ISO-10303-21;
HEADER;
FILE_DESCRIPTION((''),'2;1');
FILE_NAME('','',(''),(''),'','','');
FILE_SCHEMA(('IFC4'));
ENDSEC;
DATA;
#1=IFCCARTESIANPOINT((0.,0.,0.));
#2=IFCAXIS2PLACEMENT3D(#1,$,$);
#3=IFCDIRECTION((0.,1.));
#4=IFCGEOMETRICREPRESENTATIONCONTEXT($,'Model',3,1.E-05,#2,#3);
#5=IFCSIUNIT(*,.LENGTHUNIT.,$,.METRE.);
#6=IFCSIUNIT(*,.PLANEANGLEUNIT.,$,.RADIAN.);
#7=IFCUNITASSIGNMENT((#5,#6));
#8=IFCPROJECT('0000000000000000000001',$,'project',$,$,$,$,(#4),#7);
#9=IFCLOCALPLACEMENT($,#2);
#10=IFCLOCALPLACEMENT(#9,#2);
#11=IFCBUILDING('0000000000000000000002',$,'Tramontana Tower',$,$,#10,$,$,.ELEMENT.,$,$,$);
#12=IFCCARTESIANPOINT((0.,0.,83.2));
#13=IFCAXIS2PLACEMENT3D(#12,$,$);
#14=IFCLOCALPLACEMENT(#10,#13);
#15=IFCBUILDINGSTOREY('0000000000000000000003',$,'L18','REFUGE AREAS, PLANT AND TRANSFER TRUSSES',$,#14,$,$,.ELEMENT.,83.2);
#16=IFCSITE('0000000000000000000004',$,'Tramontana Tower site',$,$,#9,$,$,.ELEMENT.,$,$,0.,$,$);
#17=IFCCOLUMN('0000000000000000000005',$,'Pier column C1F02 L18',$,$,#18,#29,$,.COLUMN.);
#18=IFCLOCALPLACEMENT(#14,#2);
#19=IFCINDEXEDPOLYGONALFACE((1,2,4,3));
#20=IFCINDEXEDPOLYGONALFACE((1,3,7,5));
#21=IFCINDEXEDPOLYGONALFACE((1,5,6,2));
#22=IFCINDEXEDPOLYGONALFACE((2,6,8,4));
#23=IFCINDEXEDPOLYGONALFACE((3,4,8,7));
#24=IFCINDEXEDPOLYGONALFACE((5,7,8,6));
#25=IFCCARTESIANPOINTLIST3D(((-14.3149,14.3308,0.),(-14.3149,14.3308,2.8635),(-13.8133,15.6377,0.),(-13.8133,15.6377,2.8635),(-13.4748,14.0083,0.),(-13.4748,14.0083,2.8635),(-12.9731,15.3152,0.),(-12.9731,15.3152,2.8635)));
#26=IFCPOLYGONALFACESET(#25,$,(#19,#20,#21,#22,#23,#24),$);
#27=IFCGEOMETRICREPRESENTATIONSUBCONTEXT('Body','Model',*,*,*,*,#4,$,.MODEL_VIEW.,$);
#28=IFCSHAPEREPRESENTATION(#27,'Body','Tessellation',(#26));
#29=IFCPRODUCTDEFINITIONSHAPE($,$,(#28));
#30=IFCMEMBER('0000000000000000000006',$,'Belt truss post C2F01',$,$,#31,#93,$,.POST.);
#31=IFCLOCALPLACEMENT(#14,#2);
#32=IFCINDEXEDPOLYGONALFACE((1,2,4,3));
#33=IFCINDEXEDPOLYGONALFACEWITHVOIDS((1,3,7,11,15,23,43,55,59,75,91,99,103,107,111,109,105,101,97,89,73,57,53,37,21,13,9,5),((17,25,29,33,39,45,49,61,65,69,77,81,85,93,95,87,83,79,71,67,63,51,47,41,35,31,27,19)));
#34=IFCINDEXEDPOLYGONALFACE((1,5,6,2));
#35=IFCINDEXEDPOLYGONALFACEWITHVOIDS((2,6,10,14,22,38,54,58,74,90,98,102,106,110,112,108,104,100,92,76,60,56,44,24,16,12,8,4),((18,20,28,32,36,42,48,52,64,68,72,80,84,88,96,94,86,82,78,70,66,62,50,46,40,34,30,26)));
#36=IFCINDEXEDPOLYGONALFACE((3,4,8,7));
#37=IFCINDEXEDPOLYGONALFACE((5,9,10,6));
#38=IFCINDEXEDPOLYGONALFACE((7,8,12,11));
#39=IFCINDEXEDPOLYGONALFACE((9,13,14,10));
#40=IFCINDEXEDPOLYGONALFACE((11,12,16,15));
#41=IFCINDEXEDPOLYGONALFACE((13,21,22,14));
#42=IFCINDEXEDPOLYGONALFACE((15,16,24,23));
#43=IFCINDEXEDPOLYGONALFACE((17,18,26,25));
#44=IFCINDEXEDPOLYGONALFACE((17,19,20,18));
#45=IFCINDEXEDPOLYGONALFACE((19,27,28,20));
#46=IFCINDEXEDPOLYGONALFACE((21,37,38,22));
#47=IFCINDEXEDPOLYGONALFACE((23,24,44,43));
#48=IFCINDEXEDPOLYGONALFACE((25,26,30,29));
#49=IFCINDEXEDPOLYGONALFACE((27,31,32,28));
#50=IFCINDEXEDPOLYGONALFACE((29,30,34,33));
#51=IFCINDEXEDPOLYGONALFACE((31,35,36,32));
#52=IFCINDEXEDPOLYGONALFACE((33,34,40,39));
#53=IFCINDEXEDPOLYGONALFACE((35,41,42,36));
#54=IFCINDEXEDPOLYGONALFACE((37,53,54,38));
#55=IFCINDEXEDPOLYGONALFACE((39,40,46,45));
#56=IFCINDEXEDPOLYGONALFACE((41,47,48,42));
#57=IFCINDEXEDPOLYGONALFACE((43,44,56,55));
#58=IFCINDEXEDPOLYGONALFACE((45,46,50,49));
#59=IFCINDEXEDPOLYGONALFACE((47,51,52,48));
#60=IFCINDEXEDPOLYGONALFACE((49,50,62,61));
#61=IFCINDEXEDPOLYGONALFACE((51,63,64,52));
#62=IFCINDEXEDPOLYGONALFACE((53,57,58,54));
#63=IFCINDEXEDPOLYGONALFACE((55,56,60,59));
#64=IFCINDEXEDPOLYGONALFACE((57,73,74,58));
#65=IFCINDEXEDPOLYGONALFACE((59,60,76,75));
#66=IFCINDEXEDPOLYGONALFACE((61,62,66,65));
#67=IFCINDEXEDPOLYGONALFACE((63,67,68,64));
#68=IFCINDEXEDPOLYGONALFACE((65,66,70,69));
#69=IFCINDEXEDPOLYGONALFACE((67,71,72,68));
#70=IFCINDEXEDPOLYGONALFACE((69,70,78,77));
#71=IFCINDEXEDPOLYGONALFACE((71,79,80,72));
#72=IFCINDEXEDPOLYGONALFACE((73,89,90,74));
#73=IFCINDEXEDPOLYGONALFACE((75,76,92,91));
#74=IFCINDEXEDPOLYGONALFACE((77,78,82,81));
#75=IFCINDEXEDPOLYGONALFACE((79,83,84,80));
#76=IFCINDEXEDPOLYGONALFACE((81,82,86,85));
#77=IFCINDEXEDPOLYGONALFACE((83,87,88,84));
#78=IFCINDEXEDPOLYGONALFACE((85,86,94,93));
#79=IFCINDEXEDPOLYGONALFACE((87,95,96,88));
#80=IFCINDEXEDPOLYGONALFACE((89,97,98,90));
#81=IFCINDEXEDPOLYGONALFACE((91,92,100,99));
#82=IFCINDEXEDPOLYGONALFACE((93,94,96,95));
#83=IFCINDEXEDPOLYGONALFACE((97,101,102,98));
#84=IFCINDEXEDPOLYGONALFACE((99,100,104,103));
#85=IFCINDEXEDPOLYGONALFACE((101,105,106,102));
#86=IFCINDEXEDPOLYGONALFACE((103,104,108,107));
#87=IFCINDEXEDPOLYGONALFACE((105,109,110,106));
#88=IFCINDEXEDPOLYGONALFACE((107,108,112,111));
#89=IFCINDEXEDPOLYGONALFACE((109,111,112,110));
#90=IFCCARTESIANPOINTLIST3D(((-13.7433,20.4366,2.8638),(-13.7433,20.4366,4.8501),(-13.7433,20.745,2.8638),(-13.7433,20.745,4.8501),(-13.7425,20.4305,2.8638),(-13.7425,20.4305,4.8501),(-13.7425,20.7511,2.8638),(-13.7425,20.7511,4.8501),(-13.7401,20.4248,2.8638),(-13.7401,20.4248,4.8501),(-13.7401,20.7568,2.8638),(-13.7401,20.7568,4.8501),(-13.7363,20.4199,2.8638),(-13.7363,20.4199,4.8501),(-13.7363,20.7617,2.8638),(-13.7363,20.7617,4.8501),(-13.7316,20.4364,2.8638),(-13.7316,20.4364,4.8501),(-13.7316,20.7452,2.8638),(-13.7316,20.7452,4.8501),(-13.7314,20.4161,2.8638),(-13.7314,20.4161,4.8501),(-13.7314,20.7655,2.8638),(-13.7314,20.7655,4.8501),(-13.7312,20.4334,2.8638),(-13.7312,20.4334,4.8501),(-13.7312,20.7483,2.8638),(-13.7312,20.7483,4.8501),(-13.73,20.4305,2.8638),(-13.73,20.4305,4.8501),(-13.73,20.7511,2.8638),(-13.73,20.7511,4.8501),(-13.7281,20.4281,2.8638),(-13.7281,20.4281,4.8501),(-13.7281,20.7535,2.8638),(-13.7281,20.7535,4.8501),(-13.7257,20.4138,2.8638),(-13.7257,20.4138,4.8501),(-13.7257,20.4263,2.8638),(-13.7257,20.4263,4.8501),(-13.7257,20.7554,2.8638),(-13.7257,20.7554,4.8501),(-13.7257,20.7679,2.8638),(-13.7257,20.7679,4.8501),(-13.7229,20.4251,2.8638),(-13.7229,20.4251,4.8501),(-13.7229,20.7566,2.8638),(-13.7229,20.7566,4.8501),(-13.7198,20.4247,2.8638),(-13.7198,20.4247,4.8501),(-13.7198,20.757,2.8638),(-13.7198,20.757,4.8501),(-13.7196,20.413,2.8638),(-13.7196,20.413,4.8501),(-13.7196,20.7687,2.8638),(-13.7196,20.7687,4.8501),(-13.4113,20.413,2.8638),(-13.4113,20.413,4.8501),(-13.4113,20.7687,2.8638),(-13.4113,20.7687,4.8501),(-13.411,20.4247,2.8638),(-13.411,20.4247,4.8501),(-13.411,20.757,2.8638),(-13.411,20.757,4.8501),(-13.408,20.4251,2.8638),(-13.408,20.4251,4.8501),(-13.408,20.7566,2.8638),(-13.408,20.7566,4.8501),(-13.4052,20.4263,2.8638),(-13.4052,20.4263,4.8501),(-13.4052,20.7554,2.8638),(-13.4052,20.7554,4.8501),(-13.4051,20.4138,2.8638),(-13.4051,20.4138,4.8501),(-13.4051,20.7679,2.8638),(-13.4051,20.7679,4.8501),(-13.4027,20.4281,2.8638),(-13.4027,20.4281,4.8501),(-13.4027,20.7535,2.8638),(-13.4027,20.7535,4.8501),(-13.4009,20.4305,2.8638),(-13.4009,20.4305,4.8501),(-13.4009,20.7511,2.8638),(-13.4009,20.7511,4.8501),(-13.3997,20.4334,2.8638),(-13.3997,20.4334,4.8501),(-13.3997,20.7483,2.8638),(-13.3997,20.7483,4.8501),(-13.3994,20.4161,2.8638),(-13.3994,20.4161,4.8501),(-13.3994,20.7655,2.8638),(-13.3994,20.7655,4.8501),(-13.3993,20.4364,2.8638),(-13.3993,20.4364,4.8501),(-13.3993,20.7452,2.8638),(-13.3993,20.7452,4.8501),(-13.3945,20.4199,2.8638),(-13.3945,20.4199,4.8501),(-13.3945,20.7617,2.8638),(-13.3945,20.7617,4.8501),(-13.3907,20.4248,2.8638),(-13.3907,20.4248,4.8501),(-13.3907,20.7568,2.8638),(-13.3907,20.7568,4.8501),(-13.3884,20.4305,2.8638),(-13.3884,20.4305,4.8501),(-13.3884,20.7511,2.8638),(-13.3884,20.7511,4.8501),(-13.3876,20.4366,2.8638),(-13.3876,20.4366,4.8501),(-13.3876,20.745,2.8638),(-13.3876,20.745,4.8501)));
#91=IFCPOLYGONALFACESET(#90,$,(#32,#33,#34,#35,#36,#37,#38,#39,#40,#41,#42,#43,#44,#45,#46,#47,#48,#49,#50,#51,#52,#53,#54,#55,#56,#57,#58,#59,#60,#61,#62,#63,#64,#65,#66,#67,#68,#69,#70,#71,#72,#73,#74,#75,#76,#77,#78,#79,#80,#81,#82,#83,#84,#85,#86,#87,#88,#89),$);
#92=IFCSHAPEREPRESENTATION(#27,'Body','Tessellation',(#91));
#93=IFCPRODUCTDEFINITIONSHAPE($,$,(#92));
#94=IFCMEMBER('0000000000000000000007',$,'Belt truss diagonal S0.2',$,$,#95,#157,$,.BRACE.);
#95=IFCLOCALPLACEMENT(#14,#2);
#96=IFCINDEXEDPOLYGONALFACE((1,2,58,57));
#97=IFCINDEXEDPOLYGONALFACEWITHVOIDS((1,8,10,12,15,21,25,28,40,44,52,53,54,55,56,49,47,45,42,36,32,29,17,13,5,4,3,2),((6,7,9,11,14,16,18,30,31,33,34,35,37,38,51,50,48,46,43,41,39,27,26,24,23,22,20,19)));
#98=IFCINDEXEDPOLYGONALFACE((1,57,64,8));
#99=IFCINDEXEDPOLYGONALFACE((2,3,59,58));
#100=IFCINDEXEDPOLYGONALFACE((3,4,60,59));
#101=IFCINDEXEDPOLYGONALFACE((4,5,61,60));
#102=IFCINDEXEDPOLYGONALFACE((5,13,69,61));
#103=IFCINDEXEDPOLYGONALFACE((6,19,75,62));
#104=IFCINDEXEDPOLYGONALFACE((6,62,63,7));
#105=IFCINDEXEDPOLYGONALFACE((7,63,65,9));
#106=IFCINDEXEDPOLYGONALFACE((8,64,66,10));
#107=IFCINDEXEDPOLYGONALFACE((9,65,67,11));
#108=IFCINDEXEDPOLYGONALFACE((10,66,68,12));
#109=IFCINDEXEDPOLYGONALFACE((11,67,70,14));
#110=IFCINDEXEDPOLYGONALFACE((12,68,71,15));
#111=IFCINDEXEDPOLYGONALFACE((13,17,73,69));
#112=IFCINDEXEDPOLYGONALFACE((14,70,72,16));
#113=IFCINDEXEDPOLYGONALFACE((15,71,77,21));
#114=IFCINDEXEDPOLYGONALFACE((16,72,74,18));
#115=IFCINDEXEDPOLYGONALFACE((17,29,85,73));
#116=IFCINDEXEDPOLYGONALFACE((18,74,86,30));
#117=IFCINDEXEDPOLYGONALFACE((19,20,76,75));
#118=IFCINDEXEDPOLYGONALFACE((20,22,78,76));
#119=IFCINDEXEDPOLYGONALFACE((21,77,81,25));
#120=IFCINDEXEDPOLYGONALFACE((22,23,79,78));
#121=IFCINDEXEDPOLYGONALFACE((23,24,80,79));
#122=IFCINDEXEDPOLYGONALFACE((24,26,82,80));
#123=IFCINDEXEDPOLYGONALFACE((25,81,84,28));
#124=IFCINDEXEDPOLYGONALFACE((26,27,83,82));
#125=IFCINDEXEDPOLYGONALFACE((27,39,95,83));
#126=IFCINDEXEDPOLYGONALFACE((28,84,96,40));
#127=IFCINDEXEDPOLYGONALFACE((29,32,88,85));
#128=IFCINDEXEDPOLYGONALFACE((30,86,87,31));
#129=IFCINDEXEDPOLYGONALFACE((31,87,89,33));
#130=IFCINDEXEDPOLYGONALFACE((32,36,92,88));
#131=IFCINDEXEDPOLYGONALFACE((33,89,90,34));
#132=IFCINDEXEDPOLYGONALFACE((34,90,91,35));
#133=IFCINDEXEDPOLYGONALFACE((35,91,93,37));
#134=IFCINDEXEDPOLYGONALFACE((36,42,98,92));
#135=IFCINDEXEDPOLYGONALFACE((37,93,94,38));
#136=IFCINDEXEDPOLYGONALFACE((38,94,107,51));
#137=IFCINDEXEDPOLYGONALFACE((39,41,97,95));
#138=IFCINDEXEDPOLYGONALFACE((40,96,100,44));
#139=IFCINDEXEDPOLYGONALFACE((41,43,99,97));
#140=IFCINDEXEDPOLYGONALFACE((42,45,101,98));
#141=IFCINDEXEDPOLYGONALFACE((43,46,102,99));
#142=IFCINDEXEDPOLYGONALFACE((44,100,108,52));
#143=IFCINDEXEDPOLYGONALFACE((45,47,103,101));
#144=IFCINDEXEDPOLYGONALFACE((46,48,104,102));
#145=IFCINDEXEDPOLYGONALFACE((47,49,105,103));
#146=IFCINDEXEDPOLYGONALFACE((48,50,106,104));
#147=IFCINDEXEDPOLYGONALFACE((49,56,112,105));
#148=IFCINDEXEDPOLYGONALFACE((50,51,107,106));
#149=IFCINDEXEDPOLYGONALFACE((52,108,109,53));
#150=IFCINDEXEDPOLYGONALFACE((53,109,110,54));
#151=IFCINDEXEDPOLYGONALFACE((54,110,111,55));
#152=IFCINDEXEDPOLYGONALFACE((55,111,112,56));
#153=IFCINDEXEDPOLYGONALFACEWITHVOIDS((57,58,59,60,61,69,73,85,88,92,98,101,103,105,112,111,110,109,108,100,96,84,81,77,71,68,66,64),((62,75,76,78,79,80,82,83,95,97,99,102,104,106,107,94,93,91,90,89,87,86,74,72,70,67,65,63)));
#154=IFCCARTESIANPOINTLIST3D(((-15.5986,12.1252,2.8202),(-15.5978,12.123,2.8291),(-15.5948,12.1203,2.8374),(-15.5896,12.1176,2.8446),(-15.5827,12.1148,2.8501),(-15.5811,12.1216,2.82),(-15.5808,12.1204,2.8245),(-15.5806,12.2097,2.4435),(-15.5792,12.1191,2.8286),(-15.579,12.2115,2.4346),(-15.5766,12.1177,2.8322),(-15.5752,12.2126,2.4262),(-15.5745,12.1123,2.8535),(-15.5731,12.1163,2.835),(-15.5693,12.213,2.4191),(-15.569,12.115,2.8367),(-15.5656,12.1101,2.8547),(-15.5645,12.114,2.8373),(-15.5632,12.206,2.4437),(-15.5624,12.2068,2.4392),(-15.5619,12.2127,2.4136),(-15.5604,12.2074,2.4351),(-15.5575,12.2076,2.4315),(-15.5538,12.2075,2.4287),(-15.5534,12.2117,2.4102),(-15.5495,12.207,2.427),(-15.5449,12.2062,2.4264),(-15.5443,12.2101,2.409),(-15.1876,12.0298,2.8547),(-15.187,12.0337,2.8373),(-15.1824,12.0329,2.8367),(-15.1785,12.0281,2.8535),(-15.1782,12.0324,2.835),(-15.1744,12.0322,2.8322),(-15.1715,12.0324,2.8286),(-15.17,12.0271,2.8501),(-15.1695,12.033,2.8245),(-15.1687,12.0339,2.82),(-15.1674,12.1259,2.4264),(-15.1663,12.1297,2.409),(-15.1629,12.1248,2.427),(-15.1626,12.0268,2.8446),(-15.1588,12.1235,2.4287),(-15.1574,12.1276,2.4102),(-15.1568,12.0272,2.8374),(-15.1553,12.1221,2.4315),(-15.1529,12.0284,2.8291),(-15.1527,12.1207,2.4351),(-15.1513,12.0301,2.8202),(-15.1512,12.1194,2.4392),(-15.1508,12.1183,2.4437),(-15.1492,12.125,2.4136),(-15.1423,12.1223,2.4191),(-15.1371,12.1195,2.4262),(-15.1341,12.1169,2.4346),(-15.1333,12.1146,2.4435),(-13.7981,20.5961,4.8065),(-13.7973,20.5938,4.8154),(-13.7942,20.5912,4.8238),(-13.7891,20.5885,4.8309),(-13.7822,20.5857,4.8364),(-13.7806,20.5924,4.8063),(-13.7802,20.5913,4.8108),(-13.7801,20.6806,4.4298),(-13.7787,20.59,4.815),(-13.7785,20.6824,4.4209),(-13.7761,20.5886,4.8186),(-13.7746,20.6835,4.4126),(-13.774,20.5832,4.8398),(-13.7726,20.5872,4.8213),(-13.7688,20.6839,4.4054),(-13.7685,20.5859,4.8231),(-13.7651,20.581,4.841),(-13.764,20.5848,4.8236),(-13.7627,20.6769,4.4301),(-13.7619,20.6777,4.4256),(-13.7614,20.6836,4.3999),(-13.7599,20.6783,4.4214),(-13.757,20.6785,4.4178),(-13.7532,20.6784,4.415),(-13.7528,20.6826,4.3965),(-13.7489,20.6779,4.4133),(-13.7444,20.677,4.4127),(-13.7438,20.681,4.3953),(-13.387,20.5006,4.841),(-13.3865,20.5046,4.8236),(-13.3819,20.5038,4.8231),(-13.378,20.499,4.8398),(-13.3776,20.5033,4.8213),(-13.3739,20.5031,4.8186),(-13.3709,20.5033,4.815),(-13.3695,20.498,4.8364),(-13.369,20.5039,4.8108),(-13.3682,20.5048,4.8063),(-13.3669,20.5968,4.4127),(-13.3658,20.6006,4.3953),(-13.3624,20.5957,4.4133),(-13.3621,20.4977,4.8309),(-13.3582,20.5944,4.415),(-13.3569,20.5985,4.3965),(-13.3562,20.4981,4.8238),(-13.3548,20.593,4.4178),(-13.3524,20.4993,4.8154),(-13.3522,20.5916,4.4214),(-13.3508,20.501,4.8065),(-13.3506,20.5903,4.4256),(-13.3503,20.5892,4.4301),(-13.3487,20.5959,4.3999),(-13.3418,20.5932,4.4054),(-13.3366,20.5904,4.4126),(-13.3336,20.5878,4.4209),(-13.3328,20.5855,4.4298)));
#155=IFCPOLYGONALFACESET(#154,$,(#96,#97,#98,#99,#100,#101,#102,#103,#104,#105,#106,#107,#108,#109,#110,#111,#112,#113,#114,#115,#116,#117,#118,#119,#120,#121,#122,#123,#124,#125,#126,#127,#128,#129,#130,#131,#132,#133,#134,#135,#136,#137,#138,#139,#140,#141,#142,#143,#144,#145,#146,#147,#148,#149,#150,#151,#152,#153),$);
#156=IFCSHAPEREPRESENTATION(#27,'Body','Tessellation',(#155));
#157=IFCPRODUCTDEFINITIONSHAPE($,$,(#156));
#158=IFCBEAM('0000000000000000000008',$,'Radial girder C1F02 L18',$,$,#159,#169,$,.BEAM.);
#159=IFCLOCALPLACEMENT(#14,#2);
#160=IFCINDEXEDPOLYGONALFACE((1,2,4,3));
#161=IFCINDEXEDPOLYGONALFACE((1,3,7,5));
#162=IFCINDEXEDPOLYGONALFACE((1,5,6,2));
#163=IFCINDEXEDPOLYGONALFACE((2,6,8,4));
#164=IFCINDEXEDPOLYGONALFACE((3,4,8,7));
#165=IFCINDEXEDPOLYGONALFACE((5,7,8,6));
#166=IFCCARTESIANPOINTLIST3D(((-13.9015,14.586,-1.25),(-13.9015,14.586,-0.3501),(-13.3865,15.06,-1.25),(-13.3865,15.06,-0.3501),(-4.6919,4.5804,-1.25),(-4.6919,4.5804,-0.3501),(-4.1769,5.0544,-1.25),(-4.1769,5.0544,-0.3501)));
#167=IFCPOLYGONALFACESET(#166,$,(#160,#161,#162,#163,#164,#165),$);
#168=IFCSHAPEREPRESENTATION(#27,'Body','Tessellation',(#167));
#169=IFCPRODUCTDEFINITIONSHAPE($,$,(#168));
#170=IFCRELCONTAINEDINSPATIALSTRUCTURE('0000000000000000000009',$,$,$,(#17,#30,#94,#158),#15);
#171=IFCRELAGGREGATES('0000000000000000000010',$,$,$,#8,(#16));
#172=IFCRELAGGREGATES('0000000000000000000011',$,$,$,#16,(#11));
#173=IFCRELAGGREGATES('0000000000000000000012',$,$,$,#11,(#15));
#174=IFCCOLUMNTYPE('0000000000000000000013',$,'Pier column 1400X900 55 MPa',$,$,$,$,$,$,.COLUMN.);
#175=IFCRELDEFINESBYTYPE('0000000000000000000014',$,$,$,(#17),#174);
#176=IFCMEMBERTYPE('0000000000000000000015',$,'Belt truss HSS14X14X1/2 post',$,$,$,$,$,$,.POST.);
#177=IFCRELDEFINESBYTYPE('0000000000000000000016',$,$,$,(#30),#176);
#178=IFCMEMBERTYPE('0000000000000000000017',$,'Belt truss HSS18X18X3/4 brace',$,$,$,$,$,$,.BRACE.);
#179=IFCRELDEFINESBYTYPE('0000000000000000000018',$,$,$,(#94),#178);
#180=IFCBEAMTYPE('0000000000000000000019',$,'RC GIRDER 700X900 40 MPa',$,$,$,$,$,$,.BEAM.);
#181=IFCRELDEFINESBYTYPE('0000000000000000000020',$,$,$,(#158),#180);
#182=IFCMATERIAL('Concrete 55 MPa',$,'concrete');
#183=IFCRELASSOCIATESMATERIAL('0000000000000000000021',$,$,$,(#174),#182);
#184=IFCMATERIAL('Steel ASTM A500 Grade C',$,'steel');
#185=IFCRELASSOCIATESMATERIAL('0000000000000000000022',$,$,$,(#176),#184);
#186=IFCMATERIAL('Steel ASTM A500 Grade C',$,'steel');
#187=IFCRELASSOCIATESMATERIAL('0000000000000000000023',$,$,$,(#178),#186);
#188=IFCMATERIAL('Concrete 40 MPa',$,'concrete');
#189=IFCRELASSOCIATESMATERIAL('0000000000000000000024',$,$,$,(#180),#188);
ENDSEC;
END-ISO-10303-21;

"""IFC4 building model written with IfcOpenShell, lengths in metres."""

from ifc_helpers import new_model, si_unit, direction, frame, origin, origin_2d, place, context, subcontext, project, spatial, rectangle, hollow_rectangle, extrude, material, material_profile, profile_set, type_object, element, save


model = new_model("IFC4")

# Units and contexts
model_context = context("Model", 3, precision=1e-05, world=origin(), true_north=direction((0.0, 1.0)))
body_context = subcontext(model_context, "Body", "Model", "MODEL_VIEW")
ifc_project = project(units=[si_unit("LENGTHUNIT", "METRE"), si_unit("PLANEANGLEUNIT", "RADIAN")], contexts=[model_context])

# Site, building, storey
site_placement = place(None, origin())
site = spatial("IfcSite", under=ifc_project, at=site_placement, Name="Tramontana Tower site", CompositionType="ELEMENT", RefElevation=0.0)
building_placement = place(site_placement, origin())
building = spatial("IfcBuilding", under=site, at=building_placement, Name="Tramontana Tower", CompositionType="ELEMENT")
storey_placement = place(building_placement, frame((0.0, 0.0, 83.2)))
storey = spatial("IfcBuildingStorey", under=building, at=storey_placement, Name="L18", Description="REFUGE AREAS, PLANT AND TRANSFER TRUSSES", CompositionType="ELEMENT", Elevation=83.2)

# Column
ifc_material_1 = material(Name="Concrete 55 MPa", Category="concrete")
ifc_material_profile_1 = material_profile(ifc_material_1, rectangle(XDim=1.3999, YDim=0.8999, at=origin_2d()), Name="Pier column 1400X900 55 MPa")
ifc_profile_set_1 = profile_set([ifc_material_profile_1], Name="Concrete 55 MPa")
column_type = type_object("IfcColumnType", Name="Pier column 1400X900 55 MPa", PredefinedType="COLUMN", material=ifc_profile_set_1)
column_placement = place(storey_placement, frame((-13.644, 14.823, 0.0), z_axis=(0.0, 0.0, 1.0), x_axis=(-0.358368, -0.93358, 0.0)))
element("IfcColumn", 1, at=column_placement, inside=storey, type_object=column_type, Name="Pier column C1F02 L18", PredefinedType="COLUMN", context=body_context, shape_type="SweptSolid", body=[
    extrude(rectangle(XDim=1.3999, YDim=0.8999, at=origin_2d()), origin(), (0.0, 0.0, 1.0), 2.8635),
])

# Members
ifc_material_2 = material(Name="Steel ASTM A500 Grade C", Category="steel")
ifc_material_profile_2 = material_profile(ifc_material_2, hollow_rectangle(XDim=0.3557, YDim=0.3557, WallThickness=0.0117, InnerFilletRadius=0.0117, OuterFilletRadius=0.0237, at=origin_2d()), Name="HSS14X14X1/2")
ifc_profile_set_2 = profile_set([ifc_material_profile_2], Name="Steel ASTM A500 Grade C")
member_type_1 = type_object("IfcMemberType", Name="Belt truss HSS14X14X1/2 post", PredefinedType="POST", material=ifc_profile_set_2)
member_1_placement = place(storey_placement, frame((-13.5654, 20.5908, 2.8638), z_axis=(0.0, 0.0, 1.0), x_axis=(1.0, 0.0, 0.0)))
element("IfcMember", 2, at=member_1_placement, inside=storey, type_object=member_type_1, Name="Belt truss post C2F01", PredefinedType="POST", context=body_context, shape_type="SweptSolid", body=[
    extrude(hollow_rectangle(XDim=0.3557, YDim=0.3557, WallThickness=0.0117, InnerFilletRadius=0.0117, OuterFilletRadius=0.0237, at=origin_2d()), origin(), (0.0, 0.0, 1.0), 1.9863),
])
ifc_material_3 = material(Name="Steel ASTM A500 Grade C", Category="steel")
ifc_material_profile_3 = material_profile(ifc_material_3, hollow_rectangle(XDim=0.4573, YDim=0.4573, WallThickness=0.0178, InnerFilletRadius=0.0178, OuterFilletRadius=0.0354, at=origin_2d()), Name="HSS18X18X3/4")
ifc_profile_set_3 = profile_set([ifc_material_profile_3], Name="Steel ASTM A500 Grade C")
member_type_2 = type_object("IfcMemberType", Name="Belt truss HSS18X18X3/4 brace", PredefinedType="BRACE", material=ifc_profile_set_3)
member_2_placement = place(storey_placement, frame((-13.5654, 20.5908, 4.6182), z_axis=(-0.202648, -0.953392, -0.223558), x_axis=(0.978148, -0.20791, 0.0)))
element("IfcMember", 3, at=member_2_placement, inside=storey, type_object=member_type_2, Name="Belt truss diagonal S0.2", PredefinedType="BRACE", context=body_context, shape_type="SweptSolid", body=[
    extrude(hollow_rectangle(XDim=0.4573, YDim=0.4573, WallThickness=0.0178, InnerFilletRadius=0.0178, OuterFilletRadius=0.0354, at=origin_2d()), origin(), (0.0, 0.0, 1.0), 8.885),
])

# Beam
ifc_material_4 = material(Name="Concrete 40 MPa", Category="concrete")
ifc_material_profile_4 = material_profile(ifc_material_4, rectangle(XDim=0.7, YDim=0.8999, at=origin_2d()), Name="RC GIRDER 700X900 40 MPa")
ifc_profile_set_4 = profile_set([ifc_material_profile_4], Name="Concrete 40 MPa")
beam_type = type_object("IfcBeamType", Name="RC GIRDER 700X900 40 MPa", PredefinedType="BEAM", material=ifc_profile_set_4)
beam_placement = place(storey_placement, frame((-13.644, 14.823, -0.8), z_axis=(0.677238, -0.735764, 0.0), x_axis=(0.735764, 0.677238, 0.0)))
element("IfcBeam", 4, at=beam_placement, inside=storey, type_object=beam_type, Name="Radial girder C1F02 L18", PredefinedType="BEAM", context=body_context, shape_type="SweptSolid", body=[
    extrude(rectangle(XDim=0.7, YDim=0.8999, at=origin_2d()), origin(), (0.0, 0.0, 1.0), 13.5989),
])

save(model, "model.ifc")
